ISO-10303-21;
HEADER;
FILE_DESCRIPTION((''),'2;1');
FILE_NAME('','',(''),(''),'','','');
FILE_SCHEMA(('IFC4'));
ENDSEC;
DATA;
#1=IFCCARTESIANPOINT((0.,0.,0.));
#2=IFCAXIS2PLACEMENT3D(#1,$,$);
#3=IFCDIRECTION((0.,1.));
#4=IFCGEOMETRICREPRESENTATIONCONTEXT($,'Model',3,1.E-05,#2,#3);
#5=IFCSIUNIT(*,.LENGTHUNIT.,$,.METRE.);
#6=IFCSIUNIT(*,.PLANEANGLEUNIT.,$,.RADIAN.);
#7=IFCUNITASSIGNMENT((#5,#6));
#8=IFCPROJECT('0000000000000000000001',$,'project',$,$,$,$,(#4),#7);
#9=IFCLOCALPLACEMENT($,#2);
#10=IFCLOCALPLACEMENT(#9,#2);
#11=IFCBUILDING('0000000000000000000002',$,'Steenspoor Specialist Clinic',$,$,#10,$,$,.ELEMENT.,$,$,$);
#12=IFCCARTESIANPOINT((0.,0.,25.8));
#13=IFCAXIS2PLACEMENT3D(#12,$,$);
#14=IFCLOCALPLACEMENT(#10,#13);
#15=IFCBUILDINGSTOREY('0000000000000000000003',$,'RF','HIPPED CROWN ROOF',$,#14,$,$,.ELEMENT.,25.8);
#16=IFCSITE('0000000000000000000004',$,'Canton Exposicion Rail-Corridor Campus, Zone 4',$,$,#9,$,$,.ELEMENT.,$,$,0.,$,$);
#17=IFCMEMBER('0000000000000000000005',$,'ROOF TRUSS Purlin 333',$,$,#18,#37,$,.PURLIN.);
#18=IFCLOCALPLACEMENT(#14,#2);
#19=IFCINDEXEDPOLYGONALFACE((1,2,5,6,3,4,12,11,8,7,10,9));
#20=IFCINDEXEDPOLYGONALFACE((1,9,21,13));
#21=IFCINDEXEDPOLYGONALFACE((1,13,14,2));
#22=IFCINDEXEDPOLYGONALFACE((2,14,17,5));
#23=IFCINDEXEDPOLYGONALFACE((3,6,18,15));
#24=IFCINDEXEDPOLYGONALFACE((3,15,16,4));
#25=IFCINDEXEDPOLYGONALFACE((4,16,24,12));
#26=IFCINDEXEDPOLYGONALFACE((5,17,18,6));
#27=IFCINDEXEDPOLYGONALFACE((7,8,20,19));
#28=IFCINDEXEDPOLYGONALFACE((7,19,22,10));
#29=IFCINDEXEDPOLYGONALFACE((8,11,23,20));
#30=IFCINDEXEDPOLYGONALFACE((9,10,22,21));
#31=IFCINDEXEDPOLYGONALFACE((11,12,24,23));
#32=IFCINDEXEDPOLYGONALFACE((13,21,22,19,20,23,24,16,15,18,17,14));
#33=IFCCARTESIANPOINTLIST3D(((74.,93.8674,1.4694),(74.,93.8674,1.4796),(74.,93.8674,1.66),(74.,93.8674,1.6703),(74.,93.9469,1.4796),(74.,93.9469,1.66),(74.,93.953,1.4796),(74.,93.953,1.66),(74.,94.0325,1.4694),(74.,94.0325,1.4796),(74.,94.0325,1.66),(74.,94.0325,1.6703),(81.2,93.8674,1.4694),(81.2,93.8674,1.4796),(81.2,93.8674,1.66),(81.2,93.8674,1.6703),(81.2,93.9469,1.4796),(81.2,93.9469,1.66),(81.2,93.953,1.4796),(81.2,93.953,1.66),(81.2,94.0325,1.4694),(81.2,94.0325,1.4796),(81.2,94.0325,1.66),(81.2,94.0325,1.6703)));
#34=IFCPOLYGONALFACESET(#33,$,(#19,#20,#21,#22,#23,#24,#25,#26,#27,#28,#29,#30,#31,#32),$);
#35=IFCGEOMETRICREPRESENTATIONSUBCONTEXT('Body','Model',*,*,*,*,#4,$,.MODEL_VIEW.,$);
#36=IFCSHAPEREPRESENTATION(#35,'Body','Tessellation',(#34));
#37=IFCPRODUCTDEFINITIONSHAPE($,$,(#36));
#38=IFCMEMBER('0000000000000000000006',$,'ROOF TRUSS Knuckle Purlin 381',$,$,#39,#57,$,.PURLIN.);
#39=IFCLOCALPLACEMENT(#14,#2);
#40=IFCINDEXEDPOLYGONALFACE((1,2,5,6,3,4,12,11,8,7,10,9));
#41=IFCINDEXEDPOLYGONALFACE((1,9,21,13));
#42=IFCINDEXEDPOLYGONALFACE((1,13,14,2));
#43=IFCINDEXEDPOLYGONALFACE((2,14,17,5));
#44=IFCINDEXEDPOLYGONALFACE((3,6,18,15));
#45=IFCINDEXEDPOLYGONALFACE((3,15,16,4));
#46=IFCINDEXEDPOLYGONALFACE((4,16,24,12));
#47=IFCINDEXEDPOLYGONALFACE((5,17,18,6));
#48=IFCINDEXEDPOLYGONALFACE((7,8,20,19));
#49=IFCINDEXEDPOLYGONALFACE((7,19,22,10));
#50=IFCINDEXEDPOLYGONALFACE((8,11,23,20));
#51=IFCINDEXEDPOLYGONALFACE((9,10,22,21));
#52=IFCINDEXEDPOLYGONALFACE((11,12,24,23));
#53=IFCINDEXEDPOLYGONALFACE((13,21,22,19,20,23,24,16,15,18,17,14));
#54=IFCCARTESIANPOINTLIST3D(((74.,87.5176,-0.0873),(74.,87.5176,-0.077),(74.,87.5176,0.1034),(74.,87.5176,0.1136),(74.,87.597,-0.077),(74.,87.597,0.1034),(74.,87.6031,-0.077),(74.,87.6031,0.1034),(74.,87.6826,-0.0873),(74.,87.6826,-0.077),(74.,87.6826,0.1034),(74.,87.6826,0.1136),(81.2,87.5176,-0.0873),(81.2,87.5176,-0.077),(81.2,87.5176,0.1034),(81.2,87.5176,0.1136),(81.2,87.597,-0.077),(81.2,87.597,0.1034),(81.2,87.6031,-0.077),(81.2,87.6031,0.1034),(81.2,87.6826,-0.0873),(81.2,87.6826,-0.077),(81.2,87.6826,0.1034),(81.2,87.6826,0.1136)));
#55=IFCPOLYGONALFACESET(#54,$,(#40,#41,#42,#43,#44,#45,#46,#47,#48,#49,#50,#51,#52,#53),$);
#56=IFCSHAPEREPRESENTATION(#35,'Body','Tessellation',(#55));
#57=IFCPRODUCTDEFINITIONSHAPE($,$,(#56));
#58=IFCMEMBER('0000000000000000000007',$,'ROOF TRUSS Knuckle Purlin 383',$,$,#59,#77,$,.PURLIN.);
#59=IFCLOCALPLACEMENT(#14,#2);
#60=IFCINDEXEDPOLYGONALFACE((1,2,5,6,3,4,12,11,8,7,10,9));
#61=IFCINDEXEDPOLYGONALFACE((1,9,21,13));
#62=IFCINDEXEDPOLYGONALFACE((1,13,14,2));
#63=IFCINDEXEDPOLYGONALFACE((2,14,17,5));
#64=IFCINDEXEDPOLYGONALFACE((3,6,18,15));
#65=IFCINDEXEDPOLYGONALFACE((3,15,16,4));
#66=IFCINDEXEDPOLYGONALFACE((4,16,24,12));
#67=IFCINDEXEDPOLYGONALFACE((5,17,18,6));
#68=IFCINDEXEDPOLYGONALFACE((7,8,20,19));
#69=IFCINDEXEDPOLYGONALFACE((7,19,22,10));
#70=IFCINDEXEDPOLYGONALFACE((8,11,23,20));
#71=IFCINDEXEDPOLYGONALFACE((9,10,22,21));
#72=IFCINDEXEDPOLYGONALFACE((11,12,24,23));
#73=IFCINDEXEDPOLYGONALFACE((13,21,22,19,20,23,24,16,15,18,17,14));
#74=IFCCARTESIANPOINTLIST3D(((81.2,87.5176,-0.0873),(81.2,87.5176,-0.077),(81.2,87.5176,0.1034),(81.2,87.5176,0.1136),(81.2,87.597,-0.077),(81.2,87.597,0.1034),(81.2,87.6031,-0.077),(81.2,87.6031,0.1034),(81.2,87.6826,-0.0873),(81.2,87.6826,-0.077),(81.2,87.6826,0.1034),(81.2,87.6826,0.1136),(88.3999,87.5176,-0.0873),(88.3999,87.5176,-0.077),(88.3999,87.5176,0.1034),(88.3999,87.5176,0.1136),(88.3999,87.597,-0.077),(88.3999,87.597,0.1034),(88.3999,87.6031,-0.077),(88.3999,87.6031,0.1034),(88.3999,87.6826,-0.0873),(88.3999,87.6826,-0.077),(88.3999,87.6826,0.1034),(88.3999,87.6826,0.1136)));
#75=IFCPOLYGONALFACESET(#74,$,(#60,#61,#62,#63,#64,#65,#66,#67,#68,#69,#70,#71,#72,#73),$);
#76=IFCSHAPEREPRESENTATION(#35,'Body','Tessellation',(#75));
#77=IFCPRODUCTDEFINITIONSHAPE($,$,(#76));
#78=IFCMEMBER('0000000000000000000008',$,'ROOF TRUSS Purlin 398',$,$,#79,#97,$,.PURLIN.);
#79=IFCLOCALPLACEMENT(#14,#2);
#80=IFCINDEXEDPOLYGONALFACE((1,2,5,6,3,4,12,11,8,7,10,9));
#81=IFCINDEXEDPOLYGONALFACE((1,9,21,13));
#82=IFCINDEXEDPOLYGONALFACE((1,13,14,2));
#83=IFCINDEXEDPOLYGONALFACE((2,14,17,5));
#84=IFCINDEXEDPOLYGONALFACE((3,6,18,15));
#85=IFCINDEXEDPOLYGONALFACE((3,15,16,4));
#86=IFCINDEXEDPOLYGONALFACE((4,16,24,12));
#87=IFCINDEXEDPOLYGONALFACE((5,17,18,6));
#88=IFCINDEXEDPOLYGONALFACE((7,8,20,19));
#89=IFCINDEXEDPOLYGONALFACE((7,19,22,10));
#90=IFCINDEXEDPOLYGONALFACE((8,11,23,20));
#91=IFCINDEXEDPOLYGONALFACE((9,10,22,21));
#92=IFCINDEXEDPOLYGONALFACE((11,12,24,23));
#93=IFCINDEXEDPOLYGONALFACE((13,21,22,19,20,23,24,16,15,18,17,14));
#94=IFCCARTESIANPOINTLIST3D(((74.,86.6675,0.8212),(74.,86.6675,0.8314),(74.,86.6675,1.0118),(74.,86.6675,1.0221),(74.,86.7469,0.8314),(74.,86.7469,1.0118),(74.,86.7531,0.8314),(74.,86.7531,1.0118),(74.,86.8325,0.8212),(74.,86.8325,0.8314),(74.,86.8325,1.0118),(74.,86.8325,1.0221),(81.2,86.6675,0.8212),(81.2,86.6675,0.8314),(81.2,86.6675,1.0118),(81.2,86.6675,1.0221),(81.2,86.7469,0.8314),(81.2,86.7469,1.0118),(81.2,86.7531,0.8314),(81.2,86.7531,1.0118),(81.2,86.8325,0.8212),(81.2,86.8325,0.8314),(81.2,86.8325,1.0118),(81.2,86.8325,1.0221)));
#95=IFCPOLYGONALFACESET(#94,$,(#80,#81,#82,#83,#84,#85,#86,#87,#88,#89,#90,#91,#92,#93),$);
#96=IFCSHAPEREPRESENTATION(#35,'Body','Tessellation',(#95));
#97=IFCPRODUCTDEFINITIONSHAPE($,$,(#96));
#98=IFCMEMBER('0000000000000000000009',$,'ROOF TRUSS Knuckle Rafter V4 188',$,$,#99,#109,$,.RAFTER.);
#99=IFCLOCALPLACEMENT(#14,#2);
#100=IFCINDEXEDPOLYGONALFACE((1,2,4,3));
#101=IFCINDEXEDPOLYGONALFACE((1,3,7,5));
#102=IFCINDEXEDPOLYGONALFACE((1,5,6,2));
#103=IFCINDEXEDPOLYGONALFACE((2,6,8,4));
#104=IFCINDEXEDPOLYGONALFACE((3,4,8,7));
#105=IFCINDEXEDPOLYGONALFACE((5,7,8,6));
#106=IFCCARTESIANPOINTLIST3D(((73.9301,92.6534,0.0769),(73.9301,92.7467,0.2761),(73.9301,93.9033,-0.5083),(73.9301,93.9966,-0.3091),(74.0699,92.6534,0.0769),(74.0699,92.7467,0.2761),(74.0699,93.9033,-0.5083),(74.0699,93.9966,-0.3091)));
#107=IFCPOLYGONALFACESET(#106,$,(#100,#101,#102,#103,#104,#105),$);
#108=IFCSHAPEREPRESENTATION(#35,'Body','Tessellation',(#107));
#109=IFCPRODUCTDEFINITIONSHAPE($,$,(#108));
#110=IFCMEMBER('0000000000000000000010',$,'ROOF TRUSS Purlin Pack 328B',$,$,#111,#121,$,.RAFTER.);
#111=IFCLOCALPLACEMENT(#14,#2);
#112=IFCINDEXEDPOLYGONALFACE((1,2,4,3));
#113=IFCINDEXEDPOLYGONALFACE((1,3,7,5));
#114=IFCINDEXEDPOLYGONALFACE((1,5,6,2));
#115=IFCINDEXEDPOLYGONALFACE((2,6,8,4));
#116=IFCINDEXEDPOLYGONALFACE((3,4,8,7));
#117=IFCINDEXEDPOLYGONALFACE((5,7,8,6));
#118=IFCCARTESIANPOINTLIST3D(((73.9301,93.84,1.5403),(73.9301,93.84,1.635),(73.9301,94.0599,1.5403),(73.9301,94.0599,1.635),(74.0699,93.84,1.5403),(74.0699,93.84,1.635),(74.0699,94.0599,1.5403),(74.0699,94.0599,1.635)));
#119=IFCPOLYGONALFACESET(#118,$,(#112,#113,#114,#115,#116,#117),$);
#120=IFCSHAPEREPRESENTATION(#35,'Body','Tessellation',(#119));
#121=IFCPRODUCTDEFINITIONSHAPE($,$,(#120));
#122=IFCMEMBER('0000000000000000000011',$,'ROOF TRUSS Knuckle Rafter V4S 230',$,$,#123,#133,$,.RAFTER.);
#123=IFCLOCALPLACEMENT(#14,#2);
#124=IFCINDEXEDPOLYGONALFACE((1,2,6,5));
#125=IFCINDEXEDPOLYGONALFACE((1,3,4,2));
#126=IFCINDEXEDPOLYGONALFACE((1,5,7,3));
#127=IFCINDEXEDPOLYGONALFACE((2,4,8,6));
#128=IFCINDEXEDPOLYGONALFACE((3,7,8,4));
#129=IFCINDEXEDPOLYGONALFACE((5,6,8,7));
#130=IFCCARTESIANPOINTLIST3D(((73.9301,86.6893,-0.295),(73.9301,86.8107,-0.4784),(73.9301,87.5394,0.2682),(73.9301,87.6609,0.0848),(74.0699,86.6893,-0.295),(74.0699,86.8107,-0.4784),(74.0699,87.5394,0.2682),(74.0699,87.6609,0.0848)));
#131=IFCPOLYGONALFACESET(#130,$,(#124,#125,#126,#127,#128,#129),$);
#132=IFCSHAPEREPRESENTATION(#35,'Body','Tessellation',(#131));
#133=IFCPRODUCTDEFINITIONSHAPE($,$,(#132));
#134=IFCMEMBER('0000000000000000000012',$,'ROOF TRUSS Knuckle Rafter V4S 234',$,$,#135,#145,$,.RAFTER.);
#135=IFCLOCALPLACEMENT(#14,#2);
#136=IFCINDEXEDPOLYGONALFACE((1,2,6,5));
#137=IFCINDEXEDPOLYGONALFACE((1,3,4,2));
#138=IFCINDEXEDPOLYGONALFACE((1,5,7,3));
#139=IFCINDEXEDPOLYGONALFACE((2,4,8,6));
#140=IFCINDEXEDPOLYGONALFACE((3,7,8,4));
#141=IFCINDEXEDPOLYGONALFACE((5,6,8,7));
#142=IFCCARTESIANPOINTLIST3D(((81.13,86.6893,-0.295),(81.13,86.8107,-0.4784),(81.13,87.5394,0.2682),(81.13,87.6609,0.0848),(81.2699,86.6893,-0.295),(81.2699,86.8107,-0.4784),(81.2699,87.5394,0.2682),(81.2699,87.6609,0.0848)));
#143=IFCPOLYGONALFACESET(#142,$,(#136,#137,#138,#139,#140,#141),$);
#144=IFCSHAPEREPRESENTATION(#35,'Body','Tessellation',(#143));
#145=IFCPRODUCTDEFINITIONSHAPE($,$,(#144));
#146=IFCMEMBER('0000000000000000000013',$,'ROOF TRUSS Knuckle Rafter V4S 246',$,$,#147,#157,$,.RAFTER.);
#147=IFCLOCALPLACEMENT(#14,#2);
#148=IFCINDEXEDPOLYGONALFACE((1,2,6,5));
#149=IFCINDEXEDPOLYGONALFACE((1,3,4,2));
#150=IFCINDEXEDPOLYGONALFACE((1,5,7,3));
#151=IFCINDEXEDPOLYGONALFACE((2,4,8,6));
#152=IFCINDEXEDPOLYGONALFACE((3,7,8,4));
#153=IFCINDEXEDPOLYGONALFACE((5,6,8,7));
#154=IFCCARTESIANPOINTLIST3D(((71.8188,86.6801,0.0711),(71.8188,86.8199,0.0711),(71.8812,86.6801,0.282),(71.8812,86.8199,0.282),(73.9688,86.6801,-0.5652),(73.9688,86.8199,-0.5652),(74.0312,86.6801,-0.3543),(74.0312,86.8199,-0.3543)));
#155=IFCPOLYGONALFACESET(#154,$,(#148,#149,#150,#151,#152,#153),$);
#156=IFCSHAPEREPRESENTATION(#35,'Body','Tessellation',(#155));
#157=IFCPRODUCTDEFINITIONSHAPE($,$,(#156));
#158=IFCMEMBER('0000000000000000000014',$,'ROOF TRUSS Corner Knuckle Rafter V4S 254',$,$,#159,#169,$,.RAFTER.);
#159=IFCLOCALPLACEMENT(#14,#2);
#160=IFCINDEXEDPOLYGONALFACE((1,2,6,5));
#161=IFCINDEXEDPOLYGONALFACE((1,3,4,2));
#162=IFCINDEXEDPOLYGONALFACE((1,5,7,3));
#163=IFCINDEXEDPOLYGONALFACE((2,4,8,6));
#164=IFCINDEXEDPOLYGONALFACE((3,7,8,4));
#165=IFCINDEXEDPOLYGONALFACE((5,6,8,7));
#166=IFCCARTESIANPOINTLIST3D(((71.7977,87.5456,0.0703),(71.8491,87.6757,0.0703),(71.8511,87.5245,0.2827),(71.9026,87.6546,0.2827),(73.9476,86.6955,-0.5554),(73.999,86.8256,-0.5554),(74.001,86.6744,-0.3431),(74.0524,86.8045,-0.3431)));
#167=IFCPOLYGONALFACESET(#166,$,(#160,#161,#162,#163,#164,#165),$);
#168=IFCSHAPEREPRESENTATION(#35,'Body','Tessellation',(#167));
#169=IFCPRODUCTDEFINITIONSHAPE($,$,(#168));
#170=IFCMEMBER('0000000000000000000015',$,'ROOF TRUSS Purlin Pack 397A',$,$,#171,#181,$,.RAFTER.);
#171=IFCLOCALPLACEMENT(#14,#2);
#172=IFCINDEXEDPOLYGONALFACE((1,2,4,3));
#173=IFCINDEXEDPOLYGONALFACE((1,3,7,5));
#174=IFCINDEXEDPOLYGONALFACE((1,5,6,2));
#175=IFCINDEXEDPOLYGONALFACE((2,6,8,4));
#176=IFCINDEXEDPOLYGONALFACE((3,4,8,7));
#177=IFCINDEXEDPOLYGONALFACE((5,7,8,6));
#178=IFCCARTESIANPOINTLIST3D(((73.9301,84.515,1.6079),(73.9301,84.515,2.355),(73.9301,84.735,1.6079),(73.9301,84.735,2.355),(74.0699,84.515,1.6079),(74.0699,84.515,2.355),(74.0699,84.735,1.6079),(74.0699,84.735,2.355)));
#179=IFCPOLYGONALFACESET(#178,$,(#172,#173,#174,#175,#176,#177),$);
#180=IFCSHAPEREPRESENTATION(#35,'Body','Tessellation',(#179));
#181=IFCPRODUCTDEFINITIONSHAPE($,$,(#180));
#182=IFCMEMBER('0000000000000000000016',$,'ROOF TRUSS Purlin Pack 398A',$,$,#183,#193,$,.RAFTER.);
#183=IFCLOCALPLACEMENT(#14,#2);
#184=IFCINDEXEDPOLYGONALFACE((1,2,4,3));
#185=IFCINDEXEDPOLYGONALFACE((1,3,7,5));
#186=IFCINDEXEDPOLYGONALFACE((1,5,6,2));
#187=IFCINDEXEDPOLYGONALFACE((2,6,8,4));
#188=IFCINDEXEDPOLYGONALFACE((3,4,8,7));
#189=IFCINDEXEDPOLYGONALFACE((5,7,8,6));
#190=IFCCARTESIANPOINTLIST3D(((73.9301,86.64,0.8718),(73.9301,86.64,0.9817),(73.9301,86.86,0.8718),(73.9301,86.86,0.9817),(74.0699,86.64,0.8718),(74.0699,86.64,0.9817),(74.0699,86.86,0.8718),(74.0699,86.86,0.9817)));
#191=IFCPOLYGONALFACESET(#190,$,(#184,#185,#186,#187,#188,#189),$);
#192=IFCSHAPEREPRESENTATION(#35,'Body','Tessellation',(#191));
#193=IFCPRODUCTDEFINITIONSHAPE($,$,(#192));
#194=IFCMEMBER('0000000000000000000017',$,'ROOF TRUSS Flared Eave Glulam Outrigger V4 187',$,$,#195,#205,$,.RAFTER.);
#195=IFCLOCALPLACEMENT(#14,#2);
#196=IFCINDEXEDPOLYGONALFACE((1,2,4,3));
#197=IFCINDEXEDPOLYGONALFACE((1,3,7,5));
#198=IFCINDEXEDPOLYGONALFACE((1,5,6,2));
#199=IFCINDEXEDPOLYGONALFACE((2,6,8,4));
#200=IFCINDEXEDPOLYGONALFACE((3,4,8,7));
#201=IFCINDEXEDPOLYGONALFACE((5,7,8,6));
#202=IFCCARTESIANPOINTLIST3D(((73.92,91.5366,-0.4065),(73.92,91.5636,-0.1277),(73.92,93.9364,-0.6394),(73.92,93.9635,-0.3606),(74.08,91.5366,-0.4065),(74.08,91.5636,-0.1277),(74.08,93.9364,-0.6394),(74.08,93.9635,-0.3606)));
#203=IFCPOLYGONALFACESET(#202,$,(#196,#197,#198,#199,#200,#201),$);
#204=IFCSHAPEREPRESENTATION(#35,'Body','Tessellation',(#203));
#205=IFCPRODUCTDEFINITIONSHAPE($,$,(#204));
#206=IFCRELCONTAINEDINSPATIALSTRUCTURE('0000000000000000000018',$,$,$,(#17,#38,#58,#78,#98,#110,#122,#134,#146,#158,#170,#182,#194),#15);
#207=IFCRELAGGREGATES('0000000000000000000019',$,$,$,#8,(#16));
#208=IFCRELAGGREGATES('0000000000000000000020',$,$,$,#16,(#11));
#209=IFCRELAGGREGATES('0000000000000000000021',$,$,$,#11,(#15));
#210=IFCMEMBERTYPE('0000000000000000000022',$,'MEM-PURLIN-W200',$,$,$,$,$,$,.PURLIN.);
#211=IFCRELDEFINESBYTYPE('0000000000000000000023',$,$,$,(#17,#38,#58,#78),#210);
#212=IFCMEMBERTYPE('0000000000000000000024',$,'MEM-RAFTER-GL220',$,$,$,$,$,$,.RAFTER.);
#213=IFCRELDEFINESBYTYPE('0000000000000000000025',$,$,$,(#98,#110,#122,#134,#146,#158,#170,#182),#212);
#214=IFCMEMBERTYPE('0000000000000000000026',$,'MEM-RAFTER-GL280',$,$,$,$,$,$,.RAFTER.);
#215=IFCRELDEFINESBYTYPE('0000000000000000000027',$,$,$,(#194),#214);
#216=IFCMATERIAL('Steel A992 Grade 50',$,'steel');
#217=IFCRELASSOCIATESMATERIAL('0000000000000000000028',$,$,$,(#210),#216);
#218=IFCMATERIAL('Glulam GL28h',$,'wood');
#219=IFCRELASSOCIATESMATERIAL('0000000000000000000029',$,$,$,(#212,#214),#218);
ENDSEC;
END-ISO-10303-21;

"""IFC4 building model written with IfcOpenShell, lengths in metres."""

from ifc_helpers import new_model, si_unit, direction, frame, origin, origin_2d, place, context, subcontext, project, spatial, rectangle, i_section, extrude, material, material_profile, profile_set, type_object, element, save


model = new_model("IFC4")

# Units and contexts
model_context = context("Model", 3, precision=1e-05, world=origin(), true_north=direction((0.0, 1.0)))
body_context = subcontext(model_context, "Body", "Model", "MODEL_VIEW")
ifc_project = project(units=[si_unit("LENGTHUNIT", "METRE"), si_unit("PLANEANGLEUNIT", "RADIAN")], contexts=[model_context])

# Site, building, storey
site_placement = place(None, origin())
site = spatial("IfcSite", under=ifc_project, at=site_placement, Name="Canton Exposicion Rail-Corridor Campus, Zone 4", CompositionType="ELEMENT", RefElevation=0.0)
building_placement = place(site_placement, origin())
building = spatial("IfcBuilding", under=site, at=building_placement, Name="Steenspoor Specialist Clinic", CompositionType="ELEMENT")
storey_placement = place(building_placement, frame((0.0, 0.0, 25.8)))
storey = spatial("IfcBuildingStorey", under=building, at=storey_placement, Name="RF", Description="HIPPED CROWN ROOF", CompositionType="ELEMENT", Elevation=25.8)

# Shared definitions
ifc_material_1 = material(Name="Steel A992 Grade 50", Category="steel")

# Members
ifc_material_profile_1 = material_profile(ifc_material_1, i_section(OverallWidth=0.165, OverallDepth=0.2009, WebThickness=0.0061, FlangeThickness=0.0103, at=origin_2d()), Name="W200X36")
ifc_profile_set_1 = profile_set([ifc_material_profile_1], Name="Steel A992 Grade 50")
member_type_1 = type_object("IfcMemberType", Name="MEM-PURLIN-W200", PredefinedType="PURLIN", material=ifc_profile_set_1)
for number, where, z_axis, x_axis, name in (
    (1, (74.0, 93.95, 1.5698), (1.0, 0.0, 0.0), (0.0, 1.0, 0.0), "ROOF TRUSS Purlin 333"),
    (2, (74.0, 87.6001, 0.0132), (1.0, 0.0, 0.0), (0.0, 1.0, 0.0), "ROOF TRUSS Knuckle Purlin 381"),
    (3, (81.2, 87.6001, 0.0132), (1.0, 0.0, 0.0), (0.0, 1.0, 0.0), "ROOF TRUSS Knuckle Purlin 383"),
    (4, (74.0, 86.75, 0.9216), (1.0, 0.0, 0.0), (0.0, 1.0, 0.0), "ROOF TRUSS Purlin 398"),
):
    element("IfcMember", number, at=place(storey_placement, frame(where, z_axis=z_axis, x_axis=x_axis)), inside=storey, type_object=member_type_1, Name=name, PredefinedType="PURLIN", context=body_context, shape_type="SweptSolid", body=[
        extrude(i_section(OverallWidth=0.165, OverallDepth=0.2009, WebThickness=0.0061, FlangeThickness=0.0103, at=origin_2d()), origin(), (0.0, 0.0, 1.0), 7.2),
    ])
ifc_material_2 = material(Name="Glulam GL28h", Category="wood")
ifc_material_profile_2 = material_profile(ifc_material_2, rectangle(XDim=0.1399, YDim=0.22, at=origin_2d()), Name="GL28H-140X220")
ifc_profile_set_2 = profile_set([ifc_material_profile_2], Name="Glulam GL28h")
member_type_2 = type_object("IfcMemberType", Name="MEM-RAFTER-GL220", PredefinedType="RAFTER", material=ifc_profile_set_2)
member_1_placement = place(storey_placement, frame((74.0, 93.95, -0.4087), z_axis=(0.0, -0.905663, 0.423999), x_axis=(1.0, 0.0, 0.0)))
element("IfcMember", 5, at=member_1_placement, inside=storey, type_object=member_type_2, Name="ROOF TRUSS Knuckle Rafter V4 188", PredefinedType="RAFTER", context=body_context, shape_type="SweptSolid", body=[
    extrude(rectangle(XDim=0.1399, YDim=0.22, at=origin_2d()), origin(), (0.0, 0.0, 1.0), 1.3801),
])
member_2_placement = place(storey_placement, frame((74.0, 93.95, 1.5403), z_axis=(0.0, 0.0, 1.0), x_axis=(1.0, 0.0, 0.0)))
element("IfcMember", 6, at=member_2_placement, inside=storey, type_object=member_type_2, Name="ROOF TRUSS Purlin Pack 328B", PredefinedType="RAFTER", context=body_context, shape_type="SweptSolid", body=[
    extrude(rectangle(XDim=0.1399, YDim=0.22, at=origin_2d()), origin(), (0.0, 0.0, 1.0), 0.0947),
])
for number, where, z_axis, x_axis, name in (
    (7, (74.0, 86.75, -0.3867), (0.0, 0.833631, 0.552322), (-1.0, 0.0, 0.0), "ROOF TRUSS Knuckle Rafter V4S 230"),
    (8, (81.2, 86.75, -0.3867), (0.0, 0.833631, 0.552322), (-1.0, 0.0, 0.0), "ROOF TRUSS Knuckle Rafter V4S 234"),
):
    element("IfcMember", number, at=place(storey_placement, frame(where, z_axis=z_axis, x_axis=x_axis)), inside=storey, type_object=member_type_2, Name=name, PredefinedType="RAFTER", context=body_context, shape_type="SweptSolid", body=[
        extrude(rectangle(XDim=0.1399, YDim=0.22, at=origin_2d()), origin(), (0.0, 0.0, 1.0), 1.0198),
    ])
member_3_placement = place(storey_placement, frame((74.0, 86.75, -0.4597), z_axis=(-0.958893, 0.0, 0.283769), x_axis=(0.0, -1.0, 0.0)))
element("IfcMember", 9, at=member_3_placement, inside=storey, type_object=member_type_2, Name="ROOF TRUSS Knuckle Rafter V4S 246", PredefinedType="RAFTER", context=body_context, shape_type="SweptSolid", body=[
    extrude(rectangle(XDim=0.1399, YDim=0.22, at=origin_2d()), origin(), (0.0, 0.0, 1.0), 2.2422),
])
member_4_placement = place(storey_placement, frame((74.0, 86.75, -0.4492), z_axis=(-0.897642, 0.354939, 0.26126), x_axis=(-0.36771, -0.929941, 0.0)))
element("IfcMember", 10, at=member_4_placement, inside=storey, type_object=member_type_2, Name="ROOF TRUSS Corner Knuckle Rafter V4S 254", PredefinedType="RAFTER", context=body_context, shape_type="SweptSolid", body=[
    extrude(rectangle(XDim=0.1399, YDim=0.22, at=origin_2d()), origin(), (0.0, 0.0, 1.0), 2.395),
])
member_5_placement = place(storey_placement, frame((74.0, 84.625, 1.6079), z_axis=(0.0, 0.0, 1.0), x_axis=(1.0, 0.0, 0.0)))
element("IfcMember", 11, at=member_5_placement, inside=storey, type_object=member_type_2, Name="ROOF TRUSS Purlin Pack 397A", PredefinedType="RAFTER", context=body_context, shape_type="SweptSolid", body=[
    extrude(rectangle(XDim=0.1399, YDim=0.22, at=origin_2d()), origin(), (0.0, 0.0, 1.0), 0.7471),
])
member_6_placement = place(storey_placement, frame((74.0, 86.75, 0.8718), z_axis=(0.0, 0.0, 1.0), x_axis=(1.0, 0.0, 0.0)))
element("IfcMember", 12, at=member_6_placement, inside=storey, type_object=member_type_2, Name="ROOF TRUSS Purlin Pack 398A", PredefinedType="RAFTER", context=body_context, shape_type="SweptSolid", body=[
    extrude(rectangle(XDim=0.1399, YDim=0.22, at=origin_2d()), origin(), (0.0, 0.0, 1.0), 0.1099),
])
ifc_material_profile_3 = material_profile(ifc_material_2, rectangle(XDim=0.1599, YDim=0.28, at=origin_2d()), Name="GL28H-160X280")
ifc_profile_set_3 = profile_set([ifc_material_profile_3], Name="Glulam GL28h")
member_type_3 = type_object("IfcMemberType", Name="MEM-RAFTER-GL280", PredefinedType="RAFTER", material=ifc_profile_set_3)
member_7_placement = place(storey_placement, frame((74.0, 93.95, -0.5), z_axis=(0.0, -0.995324, 0.096596), x_axis=(1.0, 0.0, 0.0)))
element("IfcMember", 13, at=member_7_placement, inside=storey, type_object=member_type_3, Name="ROOF TRUSS Flared Eave Glulam Outrigger V4 187", PredefinedType="RAFTER", context=body_context, shape_type="SweptSolid", body=[
    extrude(rectangle(XDim=0.1599, YDim=0.28, at=origin_2d()), origin(), (0.0, 0.0, 1.0), 2.4111),
])

save(model, "model.ifc")
